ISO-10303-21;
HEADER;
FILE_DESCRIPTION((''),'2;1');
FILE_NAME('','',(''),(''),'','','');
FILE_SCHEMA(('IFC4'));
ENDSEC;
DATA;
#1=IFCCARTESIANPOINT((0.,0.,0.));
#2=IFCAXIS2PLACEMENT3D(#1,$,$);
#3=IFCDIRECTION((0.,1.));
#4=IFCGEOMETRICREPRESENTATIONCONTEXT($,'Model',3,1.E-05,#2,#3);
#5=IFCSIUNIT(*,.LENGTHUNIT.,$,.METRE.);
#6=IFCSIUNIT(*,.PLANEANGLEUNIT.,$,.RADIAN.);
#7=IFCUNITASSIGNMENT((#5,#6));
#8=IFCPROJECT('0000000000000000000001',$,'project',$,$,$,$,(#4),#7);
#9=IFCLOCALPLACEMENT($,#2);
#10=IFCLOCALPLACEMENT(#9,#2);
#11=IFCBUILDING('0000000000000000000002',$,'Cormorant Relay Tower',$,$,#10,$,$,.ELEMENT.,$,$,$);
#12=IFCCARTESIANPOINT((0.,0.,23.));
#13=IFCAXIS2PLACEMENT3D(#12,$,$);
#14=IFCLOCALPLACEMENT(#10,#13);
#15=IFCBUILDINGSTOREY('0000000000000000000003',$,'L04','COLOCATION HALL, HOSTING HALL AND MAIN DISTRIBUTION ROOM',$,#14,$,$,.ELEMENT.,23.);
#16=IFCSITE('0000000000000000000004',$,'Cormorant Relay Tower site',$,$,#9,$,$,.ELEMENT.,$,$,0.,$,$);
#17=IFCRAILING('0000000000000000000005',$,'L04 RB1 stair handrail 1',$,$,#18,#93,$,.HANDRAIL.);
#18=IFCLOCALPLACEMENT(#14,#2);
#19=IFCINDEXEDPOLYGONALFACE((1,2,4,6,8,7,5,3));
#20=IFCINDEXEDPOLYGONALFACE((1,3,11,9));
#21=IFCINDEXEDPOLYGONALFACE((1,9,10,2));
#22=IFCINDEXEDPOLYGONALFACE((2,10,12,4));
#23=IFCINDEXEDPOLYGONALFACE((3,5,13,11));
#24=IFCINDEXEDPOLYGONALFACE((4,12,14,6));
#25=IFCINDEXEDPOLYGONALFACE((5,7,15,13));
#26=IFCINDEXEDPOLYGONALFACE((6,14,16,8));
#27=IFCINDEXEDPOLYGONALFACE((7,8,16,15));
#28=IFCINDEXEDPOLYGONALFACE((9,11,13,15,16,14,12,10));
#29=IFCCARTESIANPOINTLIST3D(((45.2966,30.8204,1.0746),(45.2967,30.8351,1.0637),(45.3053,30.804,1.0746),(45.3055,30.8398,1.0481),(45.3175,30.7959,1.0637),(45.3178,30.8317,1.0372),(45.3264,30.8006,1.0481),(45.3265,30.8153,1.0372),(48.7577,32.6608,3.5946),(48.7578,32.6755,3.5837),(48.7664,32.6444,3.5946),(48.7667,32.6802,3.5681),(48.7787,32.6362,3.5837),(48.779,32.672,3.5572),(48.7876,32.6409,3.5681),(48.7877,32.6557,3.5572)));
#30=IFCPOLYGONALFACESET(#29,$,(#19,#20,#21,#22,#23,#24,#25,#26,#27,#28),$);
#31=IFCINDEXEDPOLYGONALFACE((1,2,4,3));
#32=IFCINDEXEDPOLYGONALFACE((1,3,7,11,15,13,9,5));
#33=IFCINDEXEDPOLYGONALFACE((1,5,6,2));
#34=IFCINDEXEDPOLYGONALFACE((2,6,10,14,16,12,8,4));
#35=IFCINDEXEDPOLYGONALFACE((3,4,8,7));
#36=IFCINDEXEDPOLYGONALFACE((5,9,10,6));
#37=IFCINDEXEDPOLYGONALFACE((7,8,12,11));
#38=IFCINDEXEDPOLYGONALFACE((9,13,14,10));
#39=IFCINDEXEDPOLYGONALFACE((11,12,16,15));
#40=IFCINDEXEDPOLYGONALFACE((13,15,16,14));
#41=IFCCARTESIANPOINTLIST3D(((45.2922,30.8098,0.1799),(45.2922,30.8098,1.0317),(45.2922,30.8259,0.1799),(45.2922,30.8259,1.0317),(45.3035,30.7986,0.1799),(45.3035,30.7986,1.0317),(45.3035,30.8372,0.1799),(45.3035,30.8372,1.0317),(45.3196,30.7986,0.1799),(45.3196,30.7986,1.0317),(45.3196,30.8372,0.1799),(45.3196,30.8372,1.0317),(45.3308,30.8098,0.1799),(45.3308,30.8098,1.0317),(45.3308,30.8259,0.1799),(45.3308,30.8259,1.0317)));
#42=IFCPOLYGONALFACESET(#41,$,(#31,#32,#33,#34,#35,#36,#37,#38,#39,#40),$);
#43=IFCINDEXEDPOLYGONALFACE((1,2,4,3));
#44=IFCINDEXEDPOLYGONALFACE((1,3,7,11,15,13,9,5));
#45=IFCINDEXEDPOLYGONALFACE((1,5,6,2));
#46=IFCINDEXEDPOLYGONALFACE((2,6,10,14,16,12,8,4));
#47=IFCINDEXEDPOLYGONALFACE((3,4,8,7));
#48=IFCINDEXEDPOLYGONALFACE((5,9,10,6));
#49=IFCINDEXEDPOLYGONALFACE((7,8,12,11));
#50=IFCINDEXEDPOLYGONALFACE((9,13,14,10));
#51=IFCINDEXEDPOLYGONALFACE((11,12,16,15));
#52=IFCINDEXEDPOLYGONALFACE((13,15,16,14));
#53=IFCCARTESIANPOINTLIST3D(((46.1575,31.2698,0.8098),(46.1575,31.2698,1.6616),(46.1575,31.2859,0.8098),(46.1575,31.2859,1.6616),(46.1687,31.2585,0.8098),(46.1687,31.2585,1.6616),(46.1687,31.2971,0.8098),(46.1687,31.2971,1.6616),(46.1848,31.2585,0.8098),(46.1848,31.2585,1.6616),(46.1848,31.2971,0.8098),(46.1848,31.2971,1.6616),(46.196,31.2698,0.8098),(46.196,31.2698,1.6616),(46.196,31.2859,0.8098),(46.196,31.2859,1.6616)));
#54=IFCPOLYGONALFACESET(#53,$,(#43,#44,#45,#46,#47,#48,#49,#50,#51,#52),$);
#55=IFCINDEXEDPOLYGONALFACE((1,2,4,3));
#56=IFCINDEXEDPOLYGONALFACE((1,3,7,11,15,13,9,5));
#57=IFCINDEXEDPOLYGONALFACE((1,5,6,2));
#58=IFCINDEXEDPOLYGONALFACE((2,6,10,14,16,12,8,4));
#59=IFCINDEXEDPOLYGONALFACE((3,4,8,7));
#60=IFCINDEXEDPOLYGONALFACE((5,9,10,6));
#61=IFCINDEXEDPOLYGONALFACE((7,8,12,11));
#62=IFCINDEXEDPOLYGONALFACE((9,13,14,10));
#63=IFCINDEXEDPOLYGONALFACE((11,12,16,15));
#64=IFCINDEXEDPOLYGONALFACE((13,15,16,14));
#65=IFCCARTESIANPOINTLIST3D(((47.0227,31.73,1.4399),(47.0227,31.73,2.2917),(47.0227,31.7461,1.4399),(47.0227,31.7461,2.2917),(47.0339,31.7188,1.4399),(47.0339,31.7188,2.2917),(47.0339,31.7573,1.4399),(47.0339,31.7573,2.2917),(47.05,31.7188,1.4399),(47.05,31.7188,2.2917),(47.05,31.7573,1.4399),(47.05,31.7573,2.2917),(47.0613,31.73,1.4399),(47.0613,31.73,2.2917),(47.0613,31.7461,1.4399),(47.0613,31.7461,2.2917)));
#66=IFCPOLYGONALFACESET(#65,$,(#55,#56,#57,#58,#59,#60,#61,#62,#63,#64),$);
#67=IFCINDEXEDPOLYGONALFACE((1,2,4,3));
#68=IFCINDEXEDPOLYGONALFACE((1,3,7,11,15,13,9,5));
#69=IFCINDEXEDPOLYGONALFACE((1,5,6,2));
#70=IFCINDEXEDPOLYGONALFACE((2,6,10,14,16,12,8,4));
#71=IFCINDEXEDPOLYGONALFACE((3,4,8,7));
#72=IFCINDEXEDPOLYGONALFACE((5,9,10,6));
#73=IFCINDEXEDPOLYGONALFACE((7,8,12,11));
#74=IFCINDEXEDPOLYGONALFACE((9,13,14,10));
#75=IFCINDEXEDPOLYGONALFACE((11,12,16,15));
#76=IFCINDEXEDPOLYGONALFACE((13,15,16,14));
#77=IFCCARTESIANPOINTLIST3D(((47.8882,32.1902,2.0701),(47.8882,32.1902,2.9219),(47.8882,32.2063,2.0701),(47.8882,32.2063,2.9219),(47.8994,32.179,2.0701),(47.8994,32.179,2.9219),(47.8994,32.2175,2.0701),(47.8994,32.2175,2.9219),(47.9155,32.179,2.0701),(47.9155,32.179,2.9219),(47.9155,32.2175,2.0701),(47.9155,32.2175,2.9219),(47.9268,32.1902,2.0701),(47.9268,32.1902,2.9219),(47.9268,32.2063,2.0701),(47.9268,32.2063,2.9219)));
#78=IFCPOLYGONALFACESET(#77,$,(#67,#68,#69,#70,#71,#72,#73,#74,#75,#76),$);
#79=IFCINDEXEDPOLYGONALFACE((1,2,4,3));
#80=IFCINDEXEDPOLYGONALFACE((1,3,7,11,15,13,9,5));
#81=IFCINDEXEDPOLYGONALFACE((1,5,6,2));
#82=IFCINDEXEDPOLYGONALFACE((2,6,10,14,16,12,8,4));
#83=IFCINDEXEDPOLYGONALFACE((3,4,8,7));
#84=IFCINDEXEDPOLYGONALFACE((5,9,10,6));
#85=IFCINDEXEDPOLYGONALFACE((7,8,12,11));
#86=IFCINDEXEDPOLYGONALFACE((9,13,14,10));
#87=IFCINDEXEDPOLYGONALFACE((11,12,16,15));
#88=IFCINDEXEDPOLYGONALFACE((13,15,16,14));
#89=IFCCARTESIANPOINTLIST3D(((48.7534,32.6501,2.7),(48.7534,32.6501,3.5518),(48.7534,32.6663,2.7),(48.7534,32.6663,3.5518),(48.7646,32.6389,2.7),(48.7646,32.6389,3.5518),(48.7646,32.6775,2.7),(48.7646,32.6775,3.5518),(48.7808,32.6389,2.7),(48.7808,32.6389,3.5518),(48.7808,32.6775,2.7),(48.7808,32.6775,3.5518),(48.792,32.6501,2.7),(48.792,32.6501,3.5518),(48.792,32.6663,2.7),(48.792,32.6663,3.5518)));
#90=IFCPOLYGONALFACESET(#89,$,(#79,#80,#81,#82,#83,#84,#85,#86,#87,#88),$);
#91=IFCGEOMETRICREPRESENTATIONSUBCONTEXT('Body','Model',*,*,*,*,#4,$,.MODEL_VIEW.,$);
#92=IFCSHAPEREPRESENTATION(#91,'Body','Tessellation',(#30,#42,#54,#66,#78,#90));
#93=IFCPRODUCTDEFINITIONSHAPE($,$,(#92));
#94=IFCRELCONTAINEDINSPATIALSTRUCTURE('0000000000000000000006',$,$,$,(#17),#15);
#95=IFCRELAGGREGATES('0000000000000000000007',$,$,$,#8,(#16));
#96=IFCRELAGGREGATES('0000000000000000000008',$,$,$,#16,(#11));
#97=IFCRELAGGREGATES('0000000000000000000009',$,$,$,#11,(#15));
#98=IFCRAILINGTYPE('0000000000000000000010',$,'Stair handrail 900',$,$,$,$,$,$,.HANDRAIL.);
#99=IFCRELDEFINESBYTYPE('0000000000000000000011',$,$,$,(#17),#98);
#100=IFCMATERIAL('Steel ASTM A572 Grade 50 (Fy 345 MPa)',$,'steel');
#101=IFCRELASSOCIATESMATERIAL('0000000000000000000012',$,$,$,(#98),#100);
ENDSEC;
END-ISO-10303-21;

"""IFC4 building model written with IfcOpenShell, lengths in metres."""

from ifc_helpers import new_model, si_unit, direction, frame, origin, place, context, subcontext, project, spatial, polyline, outline, extrude, material, type_object, element, save


model = new_model("IFC4")

# Units and contexts
model_context = context("Model", 3, precision=1e-05, world=origin(), true_north=direction((0.0, 1.0)))
body_context = subcontext(model_context, "Body", "Model", "MODEL_VIEW")
ifc_project = project(units=[si_unit("LENGTHUNIT", "METRE"), si_unit("PLANEANGLEUNIT", "RADIAN")], contexts=[model_context])

# Site, building, storey
site_placement = place(None, origin())
site = spatial("IfcSite", under=ifc_project, at=site_placement, Name="Cormorant Relay Tower site", CompositionType="ELEMENT", RefElevation=0.0)
building_placement = place(site_placement, origin())
building = spatial("IfcBuilding", under=site, at=building_placement, Name="Cormorant Relay Tower", CompositionType="ELEMENT")
storey_placement = place(building_placement, frame((0.0, 0.0, 23.0)))
storey = spatial("IfcBuildingStorey", under=building, at=storey_placement, Name="L04", Description="COLOCATION HALL, HOSTING HALL AND MAIN DISTRIBUTION ROOM", CompositionType="ELEMENT", Elevation=23.0)

# Railing
ifc_material_1 = material(Name="Steel ASTM A572 Grade 50 (Fy 345 MPa)", Category="steel")
railing_type_1 = type_object("IfcRailingType", Name="Stair handrail 900", PredefinedType="HANDRAIL", material=ifc_material_1)
railing_1_placement = place(storey_placement, frame((45.3115, 30.8179, 0.1799)))
element("IfcRailing", 1, at=railing_1_placement, inside=storey, type_object=railing_type_1, Name="L04 RB1 stair handrail 1", PredefinedType="HANDRAIL", context=body_context, shape_type="SweptSolid", body=[
    extrude(outline(polyline([(0.0222, 0.0093), (0.0093, 0.0222), (-0.0093, 0.0222), (-0.0222, 0.0093), (-0.0222, -0.0093), (-0.0093, -0.0222), (0.0093, -0.0222), (0.0222, -0.0093), (0.0222, 0.0093)])), frame((0.0, 0.0, 0.876), z_axis=(0.742717, 0.394907, 0.540758), x_axis=(-0.469469, 0.882949, 0.0)), (0.0, 0.0, 1.0), 4.6602),
    extrude(outline(polyline([(0.0193, 0.0081), (0.0081, 0.0193), (-0.0081, 0.0193), (-0.0193, 0.0081), (-0.0193, -0.0081), (-0.0081, -0.0193), (0.0081, -0.0193), (0.0193, -0.0081), (0.0193, 0.0081)])), origin(), (0.0, 0.0, 1.0), 0.8518),
    extrude(outline(polyline([(0.0193, 0.0081), (0.0081, 0.0193), (-0.0081, 0.0193), (-0.0193, 0.0081), (-0.0193, -0.0081), (-0.0081, -0.0193), (0.0081, -0.0193), (0.0193, -0.0081), (0.0193, 0.0081)])), frame((0.8652, 0.46, 0.6299)), (0.0, 0.0, 1.0), 0.8518),
    extrude(outline(polyline([(0.0193, 0.0081), (0.0081, 0.0193), (-0.0081, 0.0193), (-0.0193, 0.0081), (-0.0193, -0.0081), (-0.0081, -0.0193), (0.0081, -0.0193), (0.0193, -0.0081), (0.0193, 0.0081)])), frame((1.7305, 0.9202, 1.26)), (0.0, 0.0, 1.0), 0.8518),
    extrude(outline(polyline([(0.0193, 0.0081), (0.0081, 0.0193), (-0.0081, 0.0193), (-0.0193, 0.0081), (-0.0193, -0.0081), (-0.0081, -0.0193), (0.0081, -0.0193), (0.0193, -0.0081), (0.0193, 0.0081)])), frame((2.5959, 1.3804, 1.8901)), (0.0, 0.0, 1.0), 0.8518),
    extrude(outline(polyline([(0.0193, 0.0081), (0.0081, 0.0193), (-0.0081, 0.0193), (-0.0193, 0.0081), (-0.0193, -0.0081), (-0.0081, -0.0193), (0.0081, -0.0193), (0.0193, -0.0081), (0.0193, 0.0081)])), frame((3.4612, 1.8403, 2.52)), (0.0, 0.0, 1.0), 0.8518),
])

save(model, "model.ifc")
